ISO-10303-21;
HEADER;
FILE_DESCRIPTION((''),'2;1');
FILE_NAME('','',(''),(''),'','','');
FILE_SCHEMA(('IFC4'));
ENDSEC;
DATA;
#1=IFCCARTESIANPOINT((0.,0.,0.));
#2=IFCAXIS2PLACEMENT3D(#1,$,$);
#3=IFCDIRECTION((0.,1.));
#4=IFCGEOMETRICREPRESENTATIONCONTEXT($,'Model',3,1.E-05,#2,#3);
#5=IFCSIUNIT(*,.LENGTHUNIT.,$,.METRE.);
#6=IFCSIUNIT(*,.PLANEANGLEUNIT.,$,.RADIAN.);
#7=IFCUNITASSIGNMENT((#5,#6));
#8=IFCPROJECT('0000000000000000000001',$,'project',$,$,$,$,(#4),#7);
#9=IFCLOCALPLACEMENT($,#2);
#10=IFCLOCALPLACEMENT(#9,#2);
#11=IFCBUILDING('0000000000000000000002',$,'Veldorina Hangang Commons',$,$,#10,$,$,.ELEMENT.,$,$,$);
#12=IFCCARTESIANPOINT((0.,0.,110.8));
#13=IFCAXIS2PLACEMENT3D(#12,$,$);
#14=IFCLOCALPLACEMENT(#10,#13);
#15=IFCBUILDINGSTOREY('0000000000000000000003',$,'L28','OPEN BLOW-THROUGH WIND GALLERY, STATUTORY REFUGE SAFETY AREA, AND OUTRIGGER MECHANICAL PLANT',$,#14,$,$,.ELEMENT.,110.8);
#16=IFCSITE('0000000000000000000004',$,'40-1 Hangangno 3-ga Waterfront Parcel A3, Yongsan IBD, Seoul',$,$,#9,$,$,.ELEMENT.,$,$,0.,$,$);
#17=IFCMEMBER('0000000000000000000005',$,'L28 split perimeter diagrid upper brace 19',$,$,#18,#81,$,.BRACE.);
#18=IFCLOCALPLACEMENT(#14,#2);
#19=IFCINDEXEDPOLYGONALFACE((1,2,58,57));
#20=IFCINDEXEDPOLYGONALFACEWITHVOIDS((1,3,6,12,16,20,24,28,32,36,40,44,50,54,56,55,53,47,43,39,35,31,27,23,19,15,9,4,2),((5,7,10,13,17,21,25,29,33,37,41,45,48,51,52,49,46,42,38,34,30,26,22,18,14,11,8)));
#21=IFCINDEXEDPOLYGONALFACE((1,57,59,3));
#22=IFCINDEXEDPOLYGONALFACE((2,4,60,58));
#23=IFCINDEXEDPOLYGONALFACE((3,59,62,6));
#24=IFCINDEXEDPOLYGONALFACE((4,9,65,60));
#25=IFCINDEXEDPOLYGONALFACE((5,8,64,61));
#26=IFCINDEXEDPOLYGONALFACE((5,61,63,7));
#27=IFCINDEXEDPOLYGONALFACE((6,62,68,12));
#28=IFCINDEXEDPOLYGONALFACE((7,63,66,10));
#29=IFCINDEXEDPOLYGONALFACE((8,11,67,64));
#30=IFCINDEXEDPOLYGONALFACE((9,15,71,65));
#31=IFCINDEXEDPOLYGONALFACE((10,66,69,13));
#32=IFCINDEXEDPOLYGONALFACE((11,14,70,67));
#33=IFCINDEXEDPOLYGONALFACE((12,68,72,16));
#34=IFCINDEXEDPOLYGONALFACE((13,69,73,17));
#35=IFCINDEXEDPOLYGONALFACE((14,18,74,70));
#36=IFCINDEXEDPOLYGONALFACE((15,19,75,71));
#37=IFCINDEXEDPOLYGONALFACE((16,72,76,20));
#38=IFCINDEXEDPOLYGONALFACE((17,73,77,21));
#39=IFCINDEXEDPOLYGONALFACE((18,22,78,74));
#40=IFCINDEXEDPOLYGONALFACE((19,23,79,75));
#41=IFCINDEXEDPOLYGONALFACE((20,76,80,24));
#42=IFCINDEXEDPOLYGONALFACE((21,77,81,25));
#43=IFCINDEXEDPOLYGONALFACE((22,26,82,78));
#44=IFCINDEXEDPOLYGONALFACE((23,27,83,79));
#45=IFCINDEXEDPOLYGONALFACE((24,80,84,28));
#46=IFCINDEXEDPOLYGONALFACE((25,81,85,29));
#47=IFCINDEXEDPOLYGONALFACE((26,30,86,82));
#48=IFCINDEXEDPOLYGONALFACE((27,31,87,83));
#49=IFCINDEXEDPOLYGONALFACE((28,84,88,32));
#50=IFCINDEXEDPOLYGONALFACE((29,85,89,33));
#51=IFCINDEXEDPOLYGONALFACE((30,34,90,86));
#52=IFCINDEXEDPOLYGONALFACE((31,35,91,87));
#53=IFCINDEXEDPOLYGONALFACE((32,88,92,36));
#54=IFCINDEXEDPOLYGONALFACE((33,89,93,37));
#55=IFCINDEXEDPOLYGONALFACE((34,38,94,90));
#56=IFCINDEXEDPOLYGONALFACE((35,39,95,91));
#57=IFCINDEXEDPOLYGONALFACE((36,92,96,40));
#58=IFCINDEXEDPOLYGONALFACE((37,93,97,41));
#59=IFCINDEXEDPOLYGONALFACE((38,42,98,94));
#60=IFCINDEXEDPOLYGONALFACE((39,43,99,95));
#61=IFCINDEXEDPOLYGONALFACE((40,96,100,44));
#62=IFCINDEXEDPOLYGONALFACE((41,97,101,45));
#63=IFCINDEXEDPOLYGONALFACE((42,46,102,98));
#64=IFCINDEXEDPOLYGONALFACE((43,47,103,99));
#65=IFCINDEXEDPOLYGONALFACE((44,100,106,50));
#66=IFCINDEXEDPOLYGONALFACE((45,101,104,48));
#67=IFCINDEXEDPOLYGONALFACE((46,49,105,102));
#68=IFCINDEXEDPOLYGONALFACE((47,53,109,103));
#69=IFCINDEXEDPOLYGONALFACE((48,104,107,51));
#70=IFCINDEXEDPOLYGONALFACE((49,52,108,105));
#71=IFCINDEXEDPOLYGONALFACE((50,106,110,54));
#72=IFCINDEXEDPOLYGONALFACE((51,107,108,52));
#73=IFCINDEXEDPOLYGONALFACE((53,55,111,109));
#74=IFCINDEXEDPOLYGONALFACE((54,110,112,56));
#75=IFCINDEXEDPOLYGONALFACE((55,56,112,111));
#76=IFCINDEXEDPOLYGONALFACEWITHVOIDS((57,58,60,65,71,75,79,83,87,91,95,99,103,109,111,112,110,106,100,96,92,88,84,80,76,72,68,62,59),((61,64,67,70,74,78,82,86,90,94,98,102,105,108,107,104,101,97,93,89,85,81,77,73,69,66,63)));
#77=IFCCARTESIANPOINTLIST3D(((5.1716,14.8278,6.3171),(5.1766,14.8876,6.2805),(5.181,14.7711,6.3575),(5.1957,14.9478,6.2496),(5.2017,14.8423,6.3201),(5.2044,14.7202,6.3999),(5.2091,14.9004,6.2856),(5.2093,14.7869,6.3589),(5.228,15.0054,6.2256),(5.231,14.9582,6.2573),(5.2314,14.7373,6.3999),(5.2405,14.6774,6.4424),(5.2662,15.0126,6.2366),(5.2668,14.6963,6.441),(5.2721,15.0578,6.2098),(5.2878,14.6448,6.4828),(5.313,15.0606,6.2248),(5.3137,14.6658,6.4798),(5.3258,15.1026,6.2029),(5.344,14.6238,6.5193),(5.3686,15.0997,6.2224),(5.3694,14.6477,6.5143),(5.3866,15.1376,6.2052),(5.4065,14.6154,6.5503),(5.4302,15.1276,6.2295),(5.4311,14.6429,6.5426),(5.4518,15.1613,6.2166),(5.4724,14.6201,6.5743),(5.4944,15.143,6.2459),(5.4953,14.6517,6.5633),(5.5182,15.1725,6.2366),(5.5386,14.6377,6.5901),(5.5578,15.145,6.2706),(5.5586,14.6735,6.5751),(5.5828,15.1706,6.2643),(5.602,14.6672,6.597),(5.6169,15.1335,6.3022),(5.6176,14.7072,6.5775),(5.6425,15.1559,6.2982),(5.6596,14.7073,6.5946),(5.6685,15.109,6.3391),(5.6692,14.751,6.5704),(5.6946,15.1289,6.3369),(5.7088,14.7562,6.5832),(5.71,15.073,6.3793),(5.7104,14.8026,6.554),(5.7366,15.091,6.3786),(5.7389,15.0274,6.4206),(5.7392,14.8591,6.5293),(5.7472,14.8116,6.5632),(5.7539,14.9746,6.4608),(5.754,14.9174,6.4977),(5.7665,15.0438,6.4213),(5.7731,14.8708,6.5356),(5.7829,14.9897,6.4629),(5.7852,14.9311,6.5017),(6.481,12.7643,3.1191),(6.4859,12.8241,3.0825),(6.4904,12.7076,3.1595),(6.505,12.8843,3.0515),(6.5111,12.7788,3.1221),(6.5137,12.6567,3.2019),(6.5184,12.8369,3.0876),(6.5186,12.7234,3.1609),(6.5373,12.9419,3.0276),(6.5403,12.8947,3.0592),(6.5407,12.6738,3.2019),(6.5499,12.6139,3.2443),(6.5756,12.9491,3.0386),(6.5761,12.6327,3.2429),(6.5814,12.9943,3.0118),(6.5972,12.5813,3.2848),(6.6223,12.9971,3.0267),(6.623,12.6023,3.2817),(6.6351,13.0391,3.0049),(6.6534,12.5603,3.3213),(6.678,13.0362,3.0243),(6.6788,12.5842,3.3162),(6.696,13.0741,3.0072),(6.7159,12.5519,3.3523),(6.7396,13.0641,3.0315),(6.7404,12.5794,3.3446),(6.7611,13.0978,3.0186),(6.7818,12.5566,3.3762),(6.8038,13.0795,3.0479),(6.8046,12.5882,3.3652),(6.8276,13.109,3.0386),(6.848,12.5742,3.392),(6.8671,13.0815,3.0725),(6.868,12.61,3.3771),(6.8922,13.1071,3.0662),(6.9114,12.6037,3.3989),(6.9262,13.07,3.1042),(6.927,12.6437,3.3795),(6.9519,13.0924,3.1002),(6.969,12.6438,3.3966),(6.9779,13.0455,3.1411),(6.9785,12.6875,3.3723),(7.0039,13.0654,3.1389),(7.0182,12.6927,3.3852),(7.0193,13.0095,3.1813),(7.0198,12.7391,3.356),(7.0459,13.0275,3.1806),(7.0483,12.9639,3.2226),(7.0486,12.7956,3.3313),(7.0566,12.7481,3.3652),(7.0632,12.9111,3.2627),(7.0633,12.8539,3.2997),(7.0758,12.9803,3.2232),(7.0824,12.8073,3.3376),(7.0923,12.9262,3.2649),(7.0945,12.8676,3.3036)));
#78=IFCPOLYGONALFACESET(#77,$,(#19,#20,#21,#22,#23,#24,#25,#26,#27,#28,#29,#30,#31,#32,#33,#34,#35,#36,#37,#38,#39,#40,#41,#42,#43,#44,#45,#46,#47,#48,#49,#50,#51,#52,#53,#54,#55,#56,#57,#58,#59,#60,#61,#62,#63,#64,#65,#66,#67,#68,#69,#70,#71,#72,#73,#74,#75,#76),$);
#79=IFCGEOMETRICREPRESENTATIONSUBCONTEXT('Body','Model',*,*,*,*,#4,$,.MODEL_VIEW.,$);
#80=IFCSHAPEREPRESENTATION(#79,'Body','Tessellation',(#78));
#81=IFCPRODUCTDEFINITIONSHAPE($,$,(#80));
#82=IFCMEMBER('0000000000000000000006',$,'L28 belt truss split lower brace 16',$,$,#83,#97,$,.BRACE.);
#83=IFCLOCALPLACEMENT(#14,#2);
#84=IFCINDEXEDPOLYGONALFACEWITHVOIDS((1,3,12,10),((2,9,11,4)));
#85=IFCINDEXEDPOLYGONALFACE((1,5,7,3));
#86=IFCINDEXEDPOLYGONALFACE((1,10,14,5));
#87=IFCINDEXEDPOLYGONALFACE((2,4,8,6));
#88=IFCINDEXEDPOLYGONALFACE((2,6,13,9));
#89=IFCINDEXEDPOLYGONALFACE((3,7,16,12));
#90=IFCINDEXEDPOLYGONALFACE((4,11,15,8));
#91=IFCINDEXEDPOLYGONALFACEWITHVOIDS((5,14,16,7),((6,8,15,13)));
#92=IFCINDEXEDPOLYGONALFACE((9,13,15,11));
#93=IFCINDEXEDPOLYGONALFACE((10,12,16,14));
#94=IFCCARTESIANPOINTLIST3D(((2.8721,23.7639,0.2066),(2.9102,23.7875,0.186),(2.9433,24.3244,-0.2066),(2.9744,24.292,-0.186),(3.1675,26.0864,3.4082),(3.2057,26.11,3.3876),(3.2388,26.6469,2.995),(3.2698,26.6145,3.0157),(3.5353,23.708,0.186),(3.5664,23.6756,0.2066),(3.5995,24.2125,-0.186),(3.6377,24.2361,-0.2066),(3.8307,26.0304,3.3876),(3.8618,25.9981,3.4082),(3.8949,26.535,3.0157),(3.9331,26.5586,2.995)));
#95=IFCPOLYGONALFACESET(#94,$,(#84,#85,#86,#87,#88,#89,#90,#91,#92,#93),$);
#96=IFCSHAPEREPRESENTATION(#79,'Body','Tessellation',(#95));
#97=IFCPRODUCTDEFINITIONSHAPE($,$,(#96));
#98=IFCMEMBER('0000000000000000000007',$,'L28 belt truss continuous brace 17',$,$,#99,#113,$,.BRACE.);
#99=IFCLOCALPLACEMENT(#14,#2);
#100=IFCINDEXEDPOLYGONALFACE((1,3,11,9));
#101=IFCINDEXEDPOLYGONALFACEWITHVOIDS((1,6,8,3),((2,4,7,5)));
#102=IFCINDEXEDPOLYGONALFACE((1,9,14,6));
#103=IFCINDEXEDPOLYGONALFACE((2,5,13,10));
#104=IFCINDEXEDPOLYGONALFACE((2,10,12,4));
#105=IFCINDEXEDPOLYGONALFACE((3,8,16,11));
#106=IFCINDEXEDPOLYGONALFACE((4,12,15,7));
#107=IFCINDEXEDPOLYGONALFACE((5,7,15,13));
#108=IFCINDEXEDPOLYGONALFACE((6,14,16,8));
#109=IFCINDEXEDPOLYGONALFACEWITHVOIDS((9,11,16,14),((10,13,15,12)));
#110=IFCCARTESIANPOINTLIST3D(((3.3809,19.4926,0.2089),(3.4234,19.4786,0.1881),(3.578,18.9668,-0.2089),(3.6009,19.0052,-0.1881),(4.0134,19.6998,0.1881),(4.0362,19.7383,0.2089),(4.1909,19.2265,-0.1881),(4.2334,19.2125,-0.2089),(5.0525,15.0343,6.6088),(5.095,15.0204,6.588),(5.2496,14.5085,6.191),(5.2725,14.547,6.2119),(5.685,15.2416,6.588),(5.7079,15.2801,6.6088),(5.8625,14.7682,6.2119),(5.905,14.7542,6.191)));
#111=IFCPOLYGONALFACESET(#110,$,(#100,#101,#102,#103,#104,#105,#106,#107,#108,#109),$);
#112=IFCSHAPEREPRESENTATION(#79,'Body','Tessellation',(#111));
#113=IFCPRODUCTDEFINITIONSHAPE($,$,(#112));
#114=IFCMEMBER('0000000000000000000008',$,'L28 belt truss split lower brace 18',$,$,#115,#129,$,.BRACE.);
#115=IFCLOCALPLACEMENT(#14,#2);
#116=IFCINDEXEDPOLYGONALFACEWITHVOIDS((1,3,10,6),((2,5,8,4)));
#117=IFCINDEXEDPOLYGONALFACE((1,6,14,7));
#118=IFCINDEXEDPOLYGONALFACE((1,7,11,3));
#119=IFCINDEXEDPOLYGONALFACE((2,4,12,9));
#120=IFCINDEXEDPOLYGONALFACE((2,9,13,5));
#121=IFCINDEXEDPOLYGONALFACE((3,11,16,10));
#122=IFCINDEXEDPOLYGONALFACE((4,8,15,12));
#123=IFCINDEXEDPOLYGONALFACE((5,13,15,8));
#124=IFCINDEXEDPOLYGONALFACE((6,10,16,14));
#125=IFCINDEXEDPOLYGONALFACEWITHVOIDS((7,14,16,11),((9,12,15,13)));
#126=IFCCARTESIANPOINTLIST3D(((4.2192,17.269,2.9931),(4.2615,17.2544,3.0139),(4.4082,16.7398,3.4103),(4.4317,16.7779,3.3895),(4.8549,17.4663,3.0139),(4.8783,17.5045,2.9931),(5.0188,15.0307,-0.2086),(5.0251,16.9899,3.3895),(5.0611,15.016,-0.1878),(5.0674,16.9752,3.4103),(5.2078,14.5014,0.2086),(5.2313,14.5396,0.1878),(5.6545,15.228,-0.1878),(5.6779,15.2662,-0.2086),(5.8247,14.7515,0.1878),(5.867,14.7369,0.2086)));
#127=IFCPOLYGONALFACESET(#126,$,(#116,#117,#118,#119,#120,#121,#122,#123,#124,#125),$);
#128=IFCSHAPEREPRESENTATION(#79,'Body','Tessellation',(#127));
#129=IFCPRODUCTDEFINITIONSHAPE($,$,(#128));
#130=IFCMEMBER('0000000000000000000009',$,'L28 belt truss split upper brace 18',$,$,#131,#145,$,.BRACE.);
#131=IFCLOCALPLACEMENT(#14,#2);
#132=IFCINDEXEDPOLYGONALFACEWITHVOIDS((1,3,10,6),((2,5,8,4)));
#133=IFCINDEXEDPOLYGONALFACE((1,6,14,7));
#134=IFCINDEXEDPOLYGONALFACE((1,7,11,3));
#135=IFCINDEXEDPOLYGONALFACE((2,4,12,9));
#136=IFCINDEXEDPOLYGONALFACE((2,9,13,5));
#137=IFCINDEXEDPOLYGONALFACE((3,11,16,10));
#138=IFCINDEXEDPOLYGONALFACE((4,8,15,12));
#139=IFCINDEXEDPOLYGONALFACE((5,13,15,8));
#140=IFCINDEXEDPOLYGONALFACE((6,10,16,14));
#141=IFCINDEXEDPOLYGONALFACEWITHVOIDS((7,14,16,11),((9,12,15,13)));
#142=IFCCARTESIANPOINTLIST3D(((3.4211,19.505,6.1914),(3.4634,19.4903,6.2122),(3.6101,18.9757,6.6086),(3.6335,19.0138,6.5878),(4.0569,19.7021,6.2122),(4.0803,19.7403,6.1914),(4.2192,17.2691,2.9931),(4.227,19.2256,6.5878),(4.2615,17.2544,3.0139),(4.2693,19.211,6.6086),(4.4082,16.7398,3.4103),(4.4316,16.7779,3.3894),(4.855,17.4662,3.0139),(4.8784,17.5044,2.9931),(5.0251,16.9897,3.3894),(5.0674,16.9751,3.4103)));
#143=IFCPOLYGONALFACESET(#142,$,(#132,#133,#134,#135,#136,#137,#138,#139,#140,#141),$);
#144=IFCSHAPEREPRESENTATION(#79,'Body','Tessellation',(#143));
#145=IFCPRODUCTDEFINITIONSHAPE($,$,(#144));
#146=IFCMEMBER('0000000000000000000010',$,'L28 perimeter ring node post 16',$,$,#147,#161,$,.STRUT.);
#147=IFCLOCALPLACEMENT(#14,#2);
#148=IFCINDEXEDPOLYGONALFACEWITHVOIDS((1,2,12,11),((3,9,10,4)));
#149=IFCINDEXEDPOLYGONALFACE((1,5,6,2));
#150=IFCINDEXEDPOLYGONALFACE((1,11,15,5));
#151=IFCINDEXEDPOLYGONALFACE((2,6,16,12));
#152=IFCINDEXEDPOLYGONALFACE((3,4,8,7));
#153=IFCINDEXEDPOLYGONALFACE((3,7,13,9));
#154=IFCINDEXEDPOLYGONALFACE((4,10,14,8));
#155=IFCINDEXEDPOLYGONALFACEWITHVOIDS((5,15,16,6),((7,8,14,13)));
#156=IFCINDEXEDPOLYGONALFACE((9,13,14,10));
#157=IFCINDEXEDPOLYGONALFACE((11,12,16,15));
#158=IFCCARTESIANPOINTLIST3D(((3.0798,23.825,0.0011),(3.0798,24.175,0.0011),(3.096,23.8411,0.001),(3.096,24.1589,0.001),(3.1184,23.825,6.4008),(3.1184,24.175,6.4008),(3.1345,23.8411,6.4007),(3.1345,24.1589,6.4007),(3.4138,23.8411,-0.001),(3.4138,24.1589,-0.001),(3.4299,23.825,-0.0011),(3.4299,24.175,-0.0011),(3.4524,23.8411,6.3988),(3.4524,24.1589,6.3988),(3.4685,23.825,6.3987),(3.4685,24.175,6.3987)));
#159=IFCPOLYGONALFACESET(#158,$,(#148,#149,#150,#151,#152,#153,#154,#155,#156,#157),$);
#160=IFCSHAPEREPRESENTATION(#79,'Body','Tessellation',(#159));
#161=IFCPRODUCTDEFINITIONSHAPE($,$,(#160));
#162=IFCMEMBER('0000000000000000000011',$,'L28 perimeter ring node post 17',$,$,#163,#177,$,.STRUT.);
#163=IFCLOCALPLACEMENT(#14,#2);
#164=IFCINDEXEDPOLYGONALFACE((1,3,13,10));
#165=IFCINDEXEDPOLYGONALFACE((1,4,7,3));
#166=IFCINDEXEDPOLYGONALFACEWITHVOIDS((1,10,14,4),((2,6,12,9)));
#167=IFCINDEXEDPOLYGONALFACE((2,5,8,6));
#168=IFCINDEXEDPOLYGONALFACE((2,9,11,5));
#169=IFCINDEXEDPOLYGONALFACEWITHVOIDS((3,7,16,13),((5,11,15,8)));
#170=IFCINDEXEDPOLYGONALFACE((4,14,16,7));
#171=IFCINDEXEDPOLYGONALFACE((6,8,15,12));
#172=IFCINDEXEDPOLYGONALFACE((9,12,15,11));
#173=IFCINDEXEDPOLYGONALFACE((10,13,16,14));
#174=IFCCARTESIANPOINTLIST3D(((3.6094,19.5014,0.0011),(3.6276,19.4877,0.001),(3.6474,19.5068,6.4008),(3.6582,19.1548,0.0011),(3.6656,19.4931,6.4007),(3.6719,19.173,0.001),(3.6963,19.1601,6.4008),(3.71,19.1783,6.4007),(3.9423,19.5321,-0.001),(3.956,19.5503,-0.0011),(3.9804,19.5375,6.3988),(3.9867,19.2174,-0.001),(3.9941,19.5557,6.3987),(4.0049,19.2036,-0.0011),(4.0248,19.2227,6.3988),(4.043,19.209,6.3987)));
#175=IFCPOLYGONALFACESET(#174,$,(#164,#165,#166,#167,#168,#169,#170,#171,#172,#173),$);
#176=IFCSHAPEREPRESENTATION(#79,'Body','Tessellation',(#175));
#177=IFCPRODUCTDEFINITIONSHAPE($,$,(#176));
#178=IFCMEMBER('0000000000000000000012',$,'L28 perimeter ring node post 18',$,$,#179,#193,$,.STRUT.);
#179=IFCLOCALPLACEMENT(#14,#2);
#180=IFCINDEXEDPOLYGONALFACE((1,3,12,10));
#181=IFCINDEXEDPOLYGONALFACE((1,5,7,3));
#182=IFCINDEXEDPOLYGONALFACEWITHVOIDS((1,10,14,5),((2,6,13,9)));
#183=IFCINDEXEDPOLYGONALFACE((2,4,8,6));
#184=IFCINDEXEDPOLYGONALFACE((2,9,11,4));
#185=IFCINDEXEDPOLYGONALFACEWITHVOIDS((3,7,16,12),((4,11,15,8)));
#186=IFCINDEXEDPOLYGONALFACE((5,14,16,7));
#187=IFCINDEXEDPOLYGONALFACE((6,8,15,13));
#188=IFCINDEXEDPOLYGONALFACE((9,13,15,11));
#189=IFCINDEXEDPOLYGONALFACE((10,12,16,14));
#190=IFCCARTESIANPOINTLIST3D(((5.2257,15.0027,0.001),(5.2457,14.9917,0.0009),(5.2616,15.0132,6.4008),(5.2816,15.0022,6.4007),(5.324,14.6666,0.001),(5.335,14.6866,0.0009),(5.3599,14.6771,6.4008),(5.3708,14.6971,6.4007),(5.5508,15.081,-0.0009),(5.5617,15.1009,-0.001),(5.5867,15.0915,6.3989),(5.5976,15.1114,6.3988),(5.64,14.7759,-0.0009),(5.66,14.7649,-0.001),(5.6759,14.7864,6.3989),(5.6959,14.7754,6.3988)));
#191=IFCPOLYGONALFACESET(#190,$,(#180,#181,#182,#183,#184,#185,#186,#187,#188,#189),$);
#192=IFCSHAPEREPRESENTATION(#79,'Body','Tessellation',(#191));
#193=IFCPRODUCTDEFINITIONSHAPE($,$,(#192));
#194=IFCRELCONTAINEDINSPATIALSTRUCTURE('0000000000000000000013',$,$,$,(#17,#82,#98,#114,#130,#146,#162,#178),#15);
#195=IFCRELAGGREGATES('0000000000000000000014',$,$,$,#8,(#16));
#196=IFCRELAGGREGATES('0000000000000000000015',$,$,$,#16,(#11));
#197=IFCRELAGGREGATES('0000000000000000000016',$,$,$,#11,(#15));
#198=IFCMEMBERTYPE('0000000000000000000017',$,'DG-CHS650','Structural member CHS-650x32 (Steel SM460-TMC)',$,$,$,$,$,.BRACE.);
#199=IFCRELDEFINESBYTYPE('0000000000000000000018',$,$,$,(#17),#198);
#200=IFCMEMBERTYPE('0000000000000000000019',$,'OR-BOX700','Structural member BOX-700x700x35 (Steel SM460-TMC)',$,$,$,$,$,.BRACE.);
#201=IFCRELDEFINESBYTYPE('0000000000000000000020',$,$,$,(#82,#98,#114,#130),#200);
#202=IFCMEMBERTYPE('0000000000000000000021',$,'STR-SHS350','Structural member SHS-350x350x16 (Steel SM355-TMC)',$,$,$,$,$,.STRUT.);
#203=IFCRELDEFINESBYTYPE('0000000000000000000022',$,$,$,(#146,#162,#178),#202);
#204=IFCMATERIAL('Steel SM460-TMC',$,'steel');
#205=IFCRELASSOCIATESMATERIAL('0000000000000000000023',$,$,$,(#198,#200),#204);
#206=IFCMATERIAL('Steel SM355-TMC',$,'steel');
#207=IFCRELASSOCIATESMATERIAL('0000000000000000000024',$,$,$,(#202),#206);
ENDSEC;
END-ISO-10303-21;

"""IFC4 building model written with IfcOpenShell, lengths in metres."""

from ifc_helpers import new_model, si_unit, direction, frame, origin, origin_2d, place, context, subcontext, project, spatial, hollow_rectangle, hollow_circle, extrude, material, material_profile, profile_set, type_object, element, save


model = new_model("IFC4")

# Units and contexts
model_context = context("Model", 3, precision=1e-05, world=origin(), true_north=direction((0.0, 1.0)))
body_context = subcontext(model_context, "Body", "Model", "MODEL_VIEW")
ifc_project = project(units=[si_unit("LENGTHUNIT", "METRE"), si_unit("PLANEANGLEUNIT", "RADIAN")], contexts=[model_context])

# Site, building, storey
site_placement = place(None, origin())
site = spatial("IfcSite", under=ifc_project, at=site_placement, Name="40-1 Hangangno 3-ga Waterfront Parcel A3, Yongsan IBD, Seoul", CompositionType="ELEMENT", RefElevation=0.0)
building_placement = place(site_placement, origin())
building = spatial("IfcBuilding", under=site, at=building_placement, Name="Veldorina Hangang Commons", CompositionType="ELEMENT")
storey_placement = place(building_placement, frame((0.0, 0.0, 110.8)))
storey = spatial("IfcBuildingStorey", under=building, at=storey_placement, Name="L28", Description="OPEN BLOW-THROUGH WIND GALLERY, STATUTORY REFUGE SAFETY AREA, AND OUTRIGGER MECHANICAL PLANT", CompositionType="ELEMENT", Elevation=110.8)

# Shared definitions
ifc_material_1 = material(Name="Steel SM460-TMC", Category="steel")
ifc_material_2 = material(Name="Steel SM355-TMC", Category="steel")

# Members
ifc_material_profile_1 = material_profile(ifc_material_1, hollow_circle(Radius=0.325, WallThickness=0.032, at=origin_2d()), Name="CHS-650x32")
ifc_profile_set_1 = profile_set([ifc_material_profile_1], Name="Steel SM460-TMC")
member_type_1 = type_object("IfcMemberType", Name="DG-CHS650", Description="Structural member CHS-650x32 (Steel SM460-TMC)", PredefinedType="BRACE", material=ifc_profile_set_1)
member_1_placement = place(storey_placement, frame((6.7881, 12.8308, 3.2019), z_axis=(-0.32531, 0.512683, 0.794562), x_axis=(-0.844364, -0.53577, 0.0)))
element("IfcMember", 1, at=member_1_placement, inside=storey, type_object=member_type_1, Name="L28 split perimeter diagrid upper brace 19", PredefinedType="BRACE", context=body_context, shape_type="SweptSolid", body=[
    extrude(hollow_circle(Radius=0.325, WallThickness=0.032, at=origin_2d()), origin(), (0.0, 0.0, 1.0), 4.0249),
])
ifc_material_profile_2 = material_profile(ifc_material_1, hollow_rectangle(XDim=0.7, YDim=0.7, WallThickness=0.0349, at=origin_2d()), Name="BOX-700x700x35")
ifc_profile_set_2 = profile_set([ifc_material_profile_2], Name="Steel SM460-TMC")
member_type_2 = type_object("IfcMemberType", Name="OR-BOX700", Description="Structural member BOX-700x700x35 (Steel SM460-TMC)", PredefinedType="BRACE", material=ifc_profile_set_2)
member_2_placement = place(storey_placement, frame((3.2549, 24.0, 0.0), z_axis=(0.074479, 0.585553, 0.807205), x_axis=(-0.992008, 0.126178, 0.0)))
element("IfcMember", 2, at=member_2_placement, inside=storey, type_object=member_type_2, Name="L28 belt truss split lower brace 16", PredefinedType="BRACE", context=body_context, shape_type="SweptSolid", body=[
    extrude(hollow_rectangle(XDim=0.7, YDim=0.7, WallThickness=0.0349, at=origin_2d()), origin(), (0.0, 0.0, 1.0), 3.9663),
])
member_3_placement = place(storey_placement, frame((3.8071, 19.3525, 0.0), z_axis=(0.209562, -0.558903, 0.802316), x_axis=(0.936344, 0.351084, 0.0)))
element("IfcMember", 3, at=member_3_placement, inside=storey, type_object=member_type_2, Name="L28 belt truss continuous brace 17", PredefinedType="BRACE", context=body_context, shape_type="SweptSolid", body=[
    extrude(hollow_rectangle(XDim=0.7, YDim=0.7, WallThickness=0.0349, at=origin_2d()), origin(), (0.0, 0.0, 1.0), 7.9768),
])
member_4_placement = place(storey_placement, frame((5.4429, 14.8838, 0.0), z_axis=(-0.200519, 0.56133, 0.802932), x_axis=(-0.941719, -0.336401, 0.0)))
element("IfcMember", 4, at=member_4_placement, inside=storey, type_object=member_type_2, Name="L28 belt truss split lower brace 18", PredefinedType="BRACE", context=body_context, shape_type="SweptSolid", body=[
    extrude(hollow_rectangle(XDim=0.7, YDim=0.7, WallThickness=0.0349, at=origin_2d()), origin(), (0.0, 0.0, 1.0), 3.9875),
])
member_5_placement = place(storey_placement, frame((4.6433, 17.1221, 3.2017), z_axis=(-0.200373, 0.561339, 0.802963), x_axis=(-0.941798, -0.33618, 0.0)))
element("IfcMember", 5, at=member_5_placement, inside=storey, type_object=member_type_2, Name="L28 belt truss split upper brace 18", PredefinedType="BRACE", context=body_context, shape_type="SweptSolid", body=[
    extrude(hollow_rectangle(XDim=0.7, YDim=0.7, WallThickness=0.0349, at=origin_2d()), origin(), (0.0, 0.0, 1.0), 3.9832),
])
ifc_material_profile_3 = material_profile(ifc_material_2, hollow_rectangle(XDim=0.3501, YDim=0.3501, WallThickness=0.0161, at=origin_2d()), Name="SHS-350x350x16")
ifc_profile_set_3 = profile_set([ifc_material_profile_3], Name="Steel SM355-TMC")
member_type_3 = type_object("IfcMemberType", Name="STR-SHS350", Description="Structural member SHS-350x350x16 (Steel SM355-TMC)", PredefinedType="STRUT", material=ifc_profile_set_3)
for number, where, z_axis, x_axis, name in (
    (6, (3.2549, 24.0, 0.0), (0.006027, 0.0, 0.999982), (0.0, 1.0, 0.0), "L28 perimeter ring node post 16"),
    (7, (3.8071, 19.3525, 0.0), (0.005951, 0.000839, 0.999982), (-0.139644, 0.990202, 0.0), "L28 perimeter ring node post 17"),
    (8, (5.4429, 14.8838, 0.0), (0.005608, 0.00164, 0.999983), (-0.280752, 0.95978, 0.0), "L28 perimeter ring node post 18"),
):
    element("IfcMember", number, at=place(storey_placement, frame(where, z_axis=z_axis, x_axis=x_axis)), inside=storey, type_object=member_type_3, Name=name, PredefinedType="STRUT", context=body_context, shape_type="SweptSolid", body=[
        extrude(hollow_rectangle(XDim=0.3501, YDim=0.3501, WallThickness=0.0161, at=origin_2d()), origin(), (0.0, 0.0, 1.0), 6.3999),
    ])

save(model, "model.ifc")
